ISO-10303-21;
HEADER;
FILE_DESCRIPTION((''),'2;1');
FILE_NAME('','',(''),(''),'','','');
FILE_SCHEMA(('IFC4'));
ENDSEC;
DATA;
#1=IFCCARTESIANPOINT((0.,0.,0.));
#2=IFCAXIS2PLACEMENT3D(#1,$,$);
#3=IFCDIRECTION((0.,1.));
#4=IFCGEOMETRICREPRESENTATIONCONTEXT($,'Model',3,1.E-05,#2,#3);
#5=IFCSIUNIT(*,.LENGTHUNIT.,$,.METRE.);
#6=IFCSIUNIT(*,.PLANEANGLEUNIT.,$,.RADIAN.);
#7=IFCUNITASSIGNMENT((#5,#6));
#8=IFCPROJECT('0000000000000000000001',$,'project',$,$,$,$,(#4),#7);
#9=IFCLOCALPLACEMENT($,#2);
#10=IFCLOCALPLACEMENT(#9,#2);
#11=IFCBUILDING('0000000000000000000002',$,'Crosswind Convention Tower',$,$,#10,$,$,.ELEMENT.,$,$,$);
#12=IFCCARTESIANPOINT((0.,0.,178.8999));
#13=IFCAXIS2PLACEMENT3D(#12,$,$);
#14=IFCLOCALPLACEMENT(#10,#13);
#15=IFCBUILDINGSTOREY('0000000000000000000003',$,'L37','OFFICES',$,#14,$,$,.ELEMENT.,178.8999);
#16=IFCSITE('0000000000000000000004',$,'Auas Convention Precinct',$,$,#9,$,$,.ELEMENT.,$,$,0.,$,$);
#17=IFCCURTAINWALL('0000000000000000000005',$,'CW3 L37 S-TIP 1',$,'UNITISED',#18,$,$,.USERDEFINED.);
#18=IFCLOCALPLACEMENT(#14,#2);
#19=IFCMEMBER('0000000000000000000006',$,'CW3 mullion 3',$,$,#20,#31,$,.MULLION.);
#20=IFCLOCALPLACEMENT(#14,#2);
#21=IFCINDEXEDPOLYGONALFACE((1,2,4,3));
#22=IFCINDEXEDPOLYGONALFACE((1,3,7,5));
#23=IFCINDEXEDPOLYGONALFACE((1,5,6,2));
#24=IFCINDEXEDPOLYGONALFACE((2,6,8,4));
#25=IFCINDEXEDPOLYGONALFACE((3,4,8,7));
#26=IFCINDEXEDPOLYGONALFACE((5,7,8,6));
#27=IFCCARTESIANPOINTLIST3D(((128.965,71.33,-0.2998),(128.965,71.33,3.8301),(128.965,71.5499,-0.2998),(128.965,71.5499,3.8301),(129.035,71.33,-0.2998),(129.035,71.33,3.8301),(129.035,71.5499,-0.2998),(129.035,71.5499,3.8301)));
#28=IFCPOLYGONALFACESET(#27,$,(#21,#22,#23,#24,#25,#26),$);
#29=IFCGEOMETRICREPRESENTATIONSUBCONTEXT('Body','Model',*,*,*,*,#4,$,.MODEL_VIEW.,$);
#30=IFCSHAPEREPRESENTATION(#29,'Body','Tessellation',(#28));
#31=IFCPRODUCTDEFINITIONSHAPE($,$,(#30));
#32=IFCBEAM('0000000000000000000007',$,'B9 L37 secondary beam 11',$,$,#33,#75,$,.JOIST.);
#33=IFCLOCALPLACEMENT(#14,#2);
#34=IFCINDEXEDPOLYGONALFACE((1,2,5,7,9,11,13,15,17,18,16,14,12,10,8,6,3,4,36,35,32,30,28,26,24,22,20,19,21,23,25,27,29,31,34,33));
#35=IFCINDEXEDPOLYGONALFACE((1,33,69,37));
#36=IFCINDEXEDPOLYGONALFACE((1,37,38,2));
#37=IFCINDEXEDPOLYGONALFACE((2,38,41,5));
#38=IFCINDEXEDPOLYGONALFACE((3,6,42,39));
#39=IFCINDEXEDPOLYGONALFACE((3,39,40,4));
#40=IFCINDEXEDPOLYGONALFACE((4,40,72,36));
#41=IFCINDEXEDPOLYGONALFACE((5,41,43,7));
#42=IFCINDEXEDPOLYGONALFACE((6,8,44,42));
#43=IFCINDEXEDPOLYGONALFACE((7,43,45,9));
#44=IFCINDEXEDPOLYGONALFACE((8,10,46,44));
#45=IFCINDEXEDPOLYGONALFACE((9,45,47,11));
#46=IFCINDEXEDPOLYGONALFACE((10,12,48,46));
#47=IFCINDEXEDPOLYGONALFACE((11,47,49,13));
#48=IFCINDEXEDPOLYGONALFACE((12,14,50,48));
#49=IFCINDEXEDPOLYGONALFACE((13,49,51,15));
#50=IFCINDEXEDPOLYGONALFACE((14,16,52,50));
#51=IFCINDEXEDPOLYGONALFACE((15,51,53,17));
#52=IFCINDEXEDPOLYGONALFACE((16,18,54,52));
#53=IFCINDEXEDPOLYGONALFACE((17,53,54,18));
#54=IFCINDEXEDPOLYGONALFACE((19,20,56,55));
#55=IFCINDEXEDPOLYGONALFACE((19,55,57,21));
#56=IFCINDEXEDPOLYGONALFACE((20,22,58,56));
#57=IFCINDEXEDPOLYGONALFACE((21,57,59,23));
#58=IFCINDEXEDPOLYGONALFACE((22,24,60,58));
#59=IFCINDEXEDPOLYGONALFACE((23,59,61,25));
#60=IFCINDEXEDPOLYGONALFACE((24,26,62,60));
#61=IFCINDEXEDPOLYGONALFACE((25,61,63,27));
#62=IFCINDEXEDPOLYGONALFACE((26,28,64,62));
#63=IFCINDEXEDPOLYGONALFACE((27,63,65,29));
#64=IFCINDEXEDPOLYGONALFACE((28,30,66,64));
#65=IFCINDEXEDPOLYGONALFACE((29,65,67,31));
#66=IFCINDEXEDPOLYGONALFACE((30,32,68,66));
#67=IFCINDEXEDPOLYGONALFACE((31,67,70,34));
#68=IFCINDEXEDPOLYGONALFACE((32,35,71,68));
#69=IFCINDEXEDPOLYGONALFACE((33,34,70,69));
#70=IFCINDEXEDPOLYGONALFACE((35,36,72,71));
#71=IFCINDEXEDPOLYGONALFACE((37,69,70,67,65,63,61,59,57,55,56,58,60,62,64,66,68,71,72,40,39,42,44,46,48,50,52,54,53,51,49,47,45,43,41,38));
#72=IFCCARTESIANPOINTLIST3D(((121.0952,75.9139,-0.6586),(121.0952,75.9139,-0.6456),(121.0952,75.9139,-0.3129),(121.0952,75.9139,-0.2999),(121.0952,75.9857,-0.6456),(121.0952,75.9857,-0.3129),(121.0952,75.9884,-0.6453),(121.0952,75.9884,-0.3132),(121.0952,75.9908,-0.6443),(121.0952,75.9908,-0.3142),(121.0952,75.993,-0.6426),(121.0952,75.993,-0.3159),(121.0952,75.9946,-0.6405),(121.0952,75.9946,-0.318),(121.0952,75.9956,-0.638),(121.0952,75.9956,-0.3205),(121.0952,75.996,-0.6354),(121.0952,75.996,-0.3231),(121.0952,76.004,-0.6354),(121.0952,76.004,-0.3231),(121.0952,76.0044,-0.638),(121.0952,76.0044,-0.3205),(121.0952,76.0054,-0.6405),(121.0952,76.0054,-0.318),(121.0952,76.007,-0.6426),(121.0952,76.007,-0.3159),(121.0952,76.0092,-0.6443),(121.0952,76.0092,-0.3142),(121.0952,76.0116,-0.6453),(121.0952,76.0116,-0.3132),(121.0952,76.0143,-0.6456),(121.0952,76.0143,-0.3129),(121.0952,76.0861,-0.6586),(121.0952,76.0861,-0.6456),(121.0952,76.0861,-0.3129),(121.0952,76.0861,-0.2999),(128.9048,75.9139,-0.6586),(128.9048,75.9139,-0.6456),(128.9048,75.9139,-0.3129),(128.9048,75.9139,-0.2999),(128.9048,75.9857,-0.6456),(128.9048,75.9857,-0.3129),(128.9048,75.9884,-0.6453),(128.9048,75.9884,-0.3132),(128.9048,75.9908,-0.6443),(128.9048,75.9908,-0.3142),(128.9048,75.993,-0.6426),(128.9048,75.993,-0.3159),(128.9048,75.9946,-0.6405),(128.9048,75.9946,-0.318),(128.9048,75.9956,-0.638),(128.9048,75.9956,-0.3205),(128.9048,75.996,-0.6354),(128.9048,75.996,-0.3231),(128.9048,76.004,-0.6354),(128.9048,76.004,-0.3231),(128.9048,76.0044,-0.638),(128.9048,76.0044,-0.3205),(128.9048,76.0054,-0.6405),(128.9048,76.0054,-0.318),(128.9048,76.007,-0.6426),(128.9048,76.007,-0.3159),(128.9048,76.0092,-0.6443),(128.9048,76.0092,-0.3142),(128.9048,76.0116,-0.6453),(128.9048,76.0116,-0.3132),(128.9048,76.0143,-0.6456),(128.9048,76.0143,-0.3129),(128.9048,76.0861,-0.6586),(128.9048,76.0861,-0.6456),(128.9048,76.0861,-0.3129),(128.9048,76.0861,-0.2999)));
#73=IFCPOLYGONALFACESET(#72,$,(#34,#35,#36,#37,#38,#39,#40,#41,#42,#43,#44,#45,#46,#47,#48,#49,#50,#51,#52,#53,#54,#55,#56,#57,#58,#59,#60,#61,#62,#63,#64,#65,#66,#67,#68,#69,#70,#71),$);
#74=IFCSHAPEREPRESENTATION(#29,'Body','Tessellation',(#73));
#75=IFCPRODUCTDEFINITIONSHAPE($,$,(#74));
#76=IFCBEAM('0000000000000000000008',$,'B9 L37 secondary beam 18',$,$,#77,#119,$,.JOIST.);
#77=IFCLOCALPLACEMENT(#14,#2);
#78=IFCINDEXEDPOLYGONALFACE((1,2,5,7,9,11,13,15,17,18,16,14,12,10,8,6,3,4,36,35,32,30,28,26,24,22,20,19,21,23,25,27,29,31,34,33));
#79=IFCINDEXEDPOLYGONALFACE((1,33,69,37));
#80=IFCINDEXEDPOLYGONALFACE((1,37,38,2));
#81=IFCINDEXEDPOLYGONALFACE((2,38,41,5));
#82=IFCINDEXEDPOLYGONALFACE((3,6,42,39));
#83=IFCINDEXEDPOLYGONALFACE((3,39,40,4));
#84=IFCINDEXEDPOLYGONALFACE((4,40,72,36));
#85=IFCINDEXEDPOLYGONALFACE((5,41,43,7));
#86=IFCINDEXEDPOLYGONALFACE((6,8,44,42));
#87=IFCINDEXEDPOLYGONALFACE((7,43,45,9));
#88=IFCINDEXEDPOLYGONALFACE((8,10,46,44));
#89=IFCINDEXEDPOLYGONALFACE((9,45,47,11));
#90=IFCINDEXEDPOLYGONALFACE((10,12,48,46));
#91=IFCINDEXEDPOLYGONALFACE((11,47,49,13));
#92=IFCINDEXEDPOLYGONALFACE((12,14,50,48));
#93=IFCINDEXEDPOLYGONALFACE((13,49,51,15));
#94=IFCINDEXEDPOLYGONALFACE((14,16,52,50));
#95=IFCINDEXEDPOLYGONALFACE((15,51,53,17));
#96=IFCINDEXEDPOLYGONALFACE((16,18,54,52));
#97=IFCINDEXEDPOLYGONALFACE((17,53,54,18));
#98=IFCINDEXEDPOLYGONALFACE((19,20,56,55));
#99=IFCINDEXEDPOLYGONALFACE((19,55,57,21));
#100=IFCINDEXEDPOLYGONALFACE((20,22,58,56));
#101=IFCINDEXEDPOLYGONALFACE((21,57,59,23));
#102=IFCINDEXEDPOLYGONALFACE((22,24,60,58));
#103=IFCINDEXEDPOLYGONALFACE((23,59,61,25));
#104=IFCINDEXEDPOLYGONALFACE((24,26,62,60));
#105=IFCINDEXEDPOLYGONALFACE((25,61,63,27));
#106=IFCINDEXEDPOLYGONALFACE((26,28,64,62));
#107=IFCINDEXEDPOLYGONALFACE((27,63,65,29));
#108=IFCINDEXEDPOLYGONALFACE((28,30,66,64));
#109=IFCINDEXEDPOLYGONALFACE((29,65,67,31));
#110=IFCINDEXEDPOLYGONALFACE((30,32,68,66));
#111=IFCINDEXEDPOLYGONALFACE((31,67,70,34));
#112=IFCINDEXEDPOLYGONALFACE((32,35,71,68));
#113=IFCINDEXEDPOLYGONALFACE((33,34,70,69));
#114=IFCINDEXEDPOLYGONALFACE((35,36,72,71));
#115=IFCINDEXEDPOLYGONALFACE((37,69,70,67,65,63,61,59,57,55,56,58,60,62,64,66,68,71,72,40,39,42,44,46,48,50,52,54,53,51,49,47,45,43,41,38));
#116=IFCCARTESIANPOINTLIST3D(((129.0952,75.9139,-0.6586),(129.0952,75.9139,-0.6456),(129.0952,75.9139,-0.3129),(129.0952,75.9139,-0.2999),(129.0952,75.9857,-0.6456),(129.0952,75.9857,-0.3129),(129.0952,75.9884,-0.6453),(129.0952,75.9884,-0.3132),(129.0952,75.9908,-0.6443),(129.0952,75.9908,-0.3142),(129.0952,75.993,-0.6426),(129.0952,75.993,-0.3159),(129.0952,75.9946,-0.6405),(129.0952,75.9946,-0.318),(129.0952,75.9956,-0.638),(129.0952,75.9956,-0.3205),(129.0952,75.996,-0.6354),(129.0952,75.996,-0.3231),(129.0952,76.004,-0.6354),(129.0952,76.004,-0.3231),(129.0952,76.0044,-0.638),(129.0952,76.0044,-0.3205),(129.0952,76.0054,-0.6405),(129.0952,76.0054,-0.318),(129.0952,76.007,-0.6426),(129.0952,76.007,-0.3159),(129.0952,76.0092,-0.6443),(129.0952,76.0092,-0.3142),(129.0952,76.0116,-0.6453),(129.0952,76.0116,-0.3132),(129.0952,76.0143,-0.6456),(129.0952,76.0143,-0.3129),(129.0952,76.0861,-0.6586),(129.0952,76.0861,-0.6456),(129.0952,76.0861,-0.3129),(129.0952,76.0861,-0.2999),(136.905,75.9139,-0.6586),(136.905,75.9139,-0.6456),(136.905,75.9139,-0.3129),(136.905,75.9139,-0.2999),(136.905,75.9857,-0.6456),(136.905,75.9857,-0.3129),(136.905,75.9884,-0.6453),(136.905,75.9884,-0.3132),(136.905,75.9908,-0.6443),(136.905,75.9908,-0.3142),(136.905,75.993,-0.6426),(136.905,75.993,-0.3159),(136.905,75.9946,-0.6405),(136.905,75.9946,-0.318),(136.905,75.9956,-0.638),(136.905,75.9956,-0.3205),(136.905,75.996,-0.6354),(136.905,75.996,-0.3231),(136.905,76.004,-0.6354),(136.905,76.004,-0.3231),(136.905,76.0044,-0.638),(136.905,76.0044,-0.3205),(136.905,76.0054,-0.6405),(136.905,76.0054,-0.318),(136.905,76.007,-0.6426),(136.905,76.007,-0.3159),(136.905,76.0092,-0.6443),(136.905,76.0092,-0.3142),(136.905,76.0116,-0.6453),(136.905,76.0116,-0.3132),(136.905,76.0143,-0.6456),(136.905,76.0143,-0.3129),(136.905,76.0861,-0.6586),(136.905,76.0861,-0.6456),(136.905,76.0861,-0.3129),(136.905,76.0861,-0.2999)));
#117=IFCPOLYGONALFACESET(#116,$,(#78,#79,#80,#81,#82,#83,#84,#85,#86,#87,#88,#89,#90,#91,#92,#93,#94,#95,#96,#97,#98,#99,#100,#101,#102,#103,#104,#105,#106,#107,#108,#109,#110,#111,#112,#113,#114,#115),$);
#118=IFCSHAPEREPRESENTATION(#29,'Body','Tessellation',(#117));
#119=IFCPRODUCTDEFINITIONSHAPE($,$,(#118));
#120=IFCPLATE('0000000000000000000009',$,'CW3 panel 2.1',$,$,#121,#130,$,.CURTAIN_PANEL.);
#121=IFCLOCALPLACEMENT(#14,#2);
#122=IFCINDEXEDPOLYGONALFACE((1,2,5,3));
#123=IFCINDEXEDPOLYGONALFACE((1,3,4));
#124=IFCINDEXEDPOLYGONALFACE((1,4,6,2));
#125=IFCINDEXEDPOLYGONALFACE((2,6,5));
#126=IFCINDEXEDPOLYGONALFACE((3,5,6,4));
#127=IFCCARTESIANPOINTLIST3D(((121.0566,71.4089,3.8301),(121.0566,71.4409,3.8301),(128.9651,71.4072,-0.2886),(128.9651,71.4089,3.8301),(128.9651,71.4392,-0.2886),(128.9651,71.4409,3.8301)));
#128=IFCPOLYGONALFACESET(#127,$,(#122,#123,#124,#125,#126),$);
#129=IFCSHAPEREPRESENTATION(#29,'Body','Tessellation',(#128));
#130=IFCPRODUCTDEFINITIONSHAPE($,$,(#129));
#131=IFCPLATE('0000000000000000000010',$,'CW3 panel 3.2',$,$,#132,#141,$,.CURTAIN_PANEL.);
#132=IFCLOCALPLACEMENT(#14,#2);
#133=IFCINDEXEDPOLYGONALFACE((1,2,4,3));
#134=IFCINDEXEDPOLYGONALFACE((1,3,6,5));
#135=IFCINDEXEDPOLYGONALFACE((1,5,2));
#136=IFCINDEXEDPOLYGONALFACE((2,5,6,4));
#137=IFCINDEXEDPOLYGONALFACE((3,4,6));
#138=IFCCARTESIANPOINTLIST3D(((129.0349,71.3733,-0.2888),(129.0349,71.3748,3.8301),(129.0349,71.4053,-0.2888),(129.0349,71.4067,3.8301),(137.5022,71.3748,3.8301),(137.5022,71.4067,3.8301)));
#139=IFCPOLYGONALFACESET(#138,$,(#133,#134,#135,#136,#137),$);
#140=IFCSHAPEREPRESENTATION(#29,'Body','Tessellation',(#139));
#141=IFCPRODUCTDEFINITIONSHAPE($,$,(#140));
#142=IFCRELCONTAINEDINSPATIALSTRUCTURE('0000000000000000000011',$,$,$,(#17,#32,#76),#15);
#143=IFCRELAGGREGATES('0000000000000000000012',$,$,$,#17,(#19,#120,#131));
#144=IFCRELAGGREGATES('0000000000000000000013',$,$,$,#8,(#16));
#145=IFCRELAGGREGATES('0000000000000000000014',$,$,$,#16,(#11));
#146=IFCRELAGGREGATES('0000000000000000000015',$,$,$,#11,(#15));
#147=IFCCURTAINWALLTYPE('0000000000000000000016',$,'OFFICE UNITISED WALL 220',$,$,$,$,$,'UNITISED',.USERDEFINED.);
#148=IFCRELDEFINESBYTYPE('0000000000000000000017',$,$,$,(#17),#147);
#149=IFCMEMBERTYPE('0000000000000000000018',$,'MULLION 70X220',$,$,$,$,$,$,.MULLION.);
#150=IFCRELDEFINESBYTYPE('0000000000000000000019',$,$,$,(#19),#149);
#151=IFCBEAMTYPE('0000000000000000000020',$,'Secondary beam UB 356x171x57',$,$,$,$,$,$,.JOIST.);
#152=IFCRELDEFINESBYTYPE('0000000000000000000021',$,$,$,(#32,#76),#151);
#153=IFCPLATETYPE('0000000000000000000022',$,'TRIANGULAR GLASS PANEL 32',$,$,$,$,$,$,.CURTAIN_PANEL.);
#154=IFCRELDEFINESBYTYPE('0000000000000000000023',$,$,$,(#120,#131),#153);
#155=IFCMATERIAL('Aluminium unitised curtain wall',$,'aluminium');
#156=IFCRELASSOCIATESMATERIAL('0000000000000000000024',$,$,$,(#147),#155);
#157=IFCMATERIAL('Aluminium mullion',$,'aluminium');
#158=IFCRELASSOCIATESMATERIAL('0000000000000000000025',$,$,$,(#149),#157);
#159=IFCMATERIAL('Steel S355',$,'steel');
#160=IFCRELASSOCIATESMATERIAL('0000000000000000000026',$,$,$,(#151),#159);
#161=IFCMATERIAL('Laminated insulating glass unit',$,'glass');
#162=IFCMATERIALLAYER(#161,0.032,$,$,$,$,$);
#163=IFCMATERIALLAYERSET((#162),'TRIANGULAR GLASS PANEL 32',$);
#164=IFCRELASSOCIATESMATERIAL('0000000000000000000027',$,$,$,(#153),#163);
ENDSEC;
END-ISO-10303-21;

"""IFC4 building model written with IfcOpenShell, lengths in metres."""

from ifc_helpers import new_model, si_unit, direction, frame, origin, origin_2d, place, context, subcontext, project, spatial, polyline, rectangle, i_section, outline, extrude, material, layer, layer_set, material_profile, profile_set, type_object, element, aggregate, save


model = new_model("IFC4")

# Units and contexts
model_context = context("Model", 3, precision=1e-05, world=origin(), true_north=direction((0.0, 1.0)))
body_context = subcontext(model_context, "Body", "Model", "MODEL_VIEW")
ifc_project = project(units=[si_unit("LENGTHUNIT", "METRE"), si_unit("PLANEANGLEUNIT", "RADIAN")], contexts=[model_context])

# Site, building, storey
site_placement = place(None, origin())
site = spatial("IfcSite", under=ifc_project, at=site_placement, Name="Auas Convention Precinct", CompositionType="ELEMENT", RefElevation=0.0)
building_placement = place(site_placement, origin())
building = spatial("IfcBuilding", under=site, at=building_placement, Name="Crosswind Convention Tower", CompositionType="ELEMENT")
storey_placement = place(building_placement, frame((0.0, 0.0, 178.8999)))
storey = spatial("IfcBuildingStorey", under=building, at=storey_placement, Name="L37", Description="OFFICES", CompositionType="ELEMENT", Elevation=178.8999)

# Shared definitions
ifc_material_1 = material(Name="Steel S355", Category="steel")

# Curtain wall, member
ifc_material_2 = material(Name="Aluminium unitised curtain wall", Category="aluminium")
curtain_wall_type = type_object("IfcCurtainWallType", Name="OFFICE UNITISED WALL 220", ElementType="UNITISED", PredefinedType="USERDEFINED", material=ifc_material_2)
curtain_wall_placement = place(storey_placement, origin())
curtain_wall = element("IfcCurtainWall", 1, at=curtain_wall_placement, inside=storey, type_object=curtain_wall_type, Name="CW3 L37 S-TIP 1", ObjectType="UNITISED", PredefinedType="USERDEFINED")
ifc_material_3 = material(Name="Aluminium mullion", Category="aluminium")
ifc_material_profile_1 = material_profile(ifc_material_3, rectangle(XDim=0.22, YDim=0.0701, at=origin_2d()), Name="AL 220X70")
ifc_profile_set_1 = profile_set([ifc_material_profile_1], Name="Aluminium mullion")
member_type = type_object("IfcMemberType", Name="MULLION 70X220", PredefinedType="MULLION", material=ifc_profile_set_1)
member_placement = place(storey_placement, frame((129.0, 71.4399, -0.2998), z_axis=(0.0, 0.0, 1.0), x_axis=(0.0, -1.0, 0.0)))
member = element("IfcMember", 2, at=member_placement, type_object=member_type, Name="CW3 mullion 3", PredefinedType="MULLION", context=body_context, shape_type="SweptSolid", body=[
    extrude(rectangle(XDim=0.22, YDim=0.0701, at=origin_2d()), origin(), (0.0, 0.0, 1.0), 4.1299),
])

# Beams
ifc_material_profile_2 = material_profile(ifc_material_1, i_section(OverallWidth=0.1721, OverallDepth=0.3586, WebThickness=0.0081, FlangeThickness=0.0129, FilletRadius=0.0103, at=origin_2d()), Name="UB 356x171x57")
ifc_profile_set_2 = profile_set([ifc_material_profile_2], Name="Steel S355")
beam_type_1 = type_object("IfcBeamType", Name="Secondary beam UB 356x171x57", PredefinedType="JOIST", material=ifc_profile_set_2)
beam_1_placement = place(storey_placement, frame((121.0952, 76.0, -0.4792), z_axis=(1.0, 0.0, 0.0), x_axis=(0.0, 1.0, 0.0)))
element("IfcBeam", 3, at=beam_1_placement, inside=storey, type_object=beam_type_1, Name="B9 L37 secondary beam 11", PredefinedType="JOIST", context=body_context, shape_type="SweptSolid", body=[
    extrude(i_section(OverallWidth=0.1721, OverallDepth=0.3586, WebThickness=0.0081, FlangeThickness=0.0129, FilletRadius=0.0103, at=origin_2d()), origin(), (0.0, 0.0, 1.0), 7.8096),
])
beam_2_placement = place(storey_placement, frame((129.0952, 76.0, -0.4792), z_axis=(1.0, 0.0, 0.0), x_axis=(0.0, 1.0, 0.0)))
element("IfcBeam", 4, at=beam_2_placement, inside=storey, type_object=beam_type_1, Name="B9 L37 secondary beam 18", PredefinedType="JOIST", context=body_context, shape_type="SweptSolid", body=[
    extrude(i_section(OverallWidth=0.1721, OverallDepth=0.3586, WebThickness=0.0081, FlangeThickness=0.0129, FilletRadius=0.0103, at=origin_2d()), origin(), (0.0, 0.0, 1.0), 7.8098),
])

# Plates
ifc_material_4 = material(Name="Laminated insulating glass unit", Category="glass")
ifc_layer_1 = layer(ifc_material_4, 0.032)
ifc_layer_set_1 = layer_set([ifc_layer_1], Name="TRIANGULAR GLASS PANEL 32")
plate_type = type_object("IfcPlateType", Name="TRIANGULAR GLASS PANEL 32", PredefinedType="CURTAIN_PANEL", material=ifc_layer_set_1)
plate_1_placement = place(storey_placement, frame((128.9651, 71.4089, 3.8301), z_axis=(0.0, -1.0, 0.000415), x_axis=(-1.0, 0.0, 0.0)))
plate_1 = element("IfcPlate", 5, at=plate_1_placement, type_object=plate_type, Name="CW3 panel 2.1", PredefinedType="CURTAIN_PANEL", context=body_context, shape_type="SweptSolid", body=[
    extrude(outline(polyline([(0.0, 0.0), (7.9084, 0.0), (0.0, 4.1187), (0.0, 0.0)])), origin(), (0.0, 0.0, -1.0), 0.032),
])
plate_2_placement = place(storey_placement, frame((129.0349, 71.3748, 3.8301), z_axis=(0.0, -1.0, 0.000356), x_axis=(0.0, -0.000356, -1.0)))
plate_2 = element("IfcPlate", 6, at=plate_2_placement, type_object=plate_type, Name="CW3 panel 3.2", PredefinedType="CURTAIN_PANEL", context=body_context, shape_type="SweptSolid", body=[
    extrude(outline(polyline([(0.0, 0.0), (4.1189, 0.0), (0.0, 8.4673), (0.0, 0.0)])), origin(), (0.0, 0.0, -1.0), 0.032),
])
aggregate(curtain_wall, [member, plate_1, plate_2])

save(model, "model.ifc")
